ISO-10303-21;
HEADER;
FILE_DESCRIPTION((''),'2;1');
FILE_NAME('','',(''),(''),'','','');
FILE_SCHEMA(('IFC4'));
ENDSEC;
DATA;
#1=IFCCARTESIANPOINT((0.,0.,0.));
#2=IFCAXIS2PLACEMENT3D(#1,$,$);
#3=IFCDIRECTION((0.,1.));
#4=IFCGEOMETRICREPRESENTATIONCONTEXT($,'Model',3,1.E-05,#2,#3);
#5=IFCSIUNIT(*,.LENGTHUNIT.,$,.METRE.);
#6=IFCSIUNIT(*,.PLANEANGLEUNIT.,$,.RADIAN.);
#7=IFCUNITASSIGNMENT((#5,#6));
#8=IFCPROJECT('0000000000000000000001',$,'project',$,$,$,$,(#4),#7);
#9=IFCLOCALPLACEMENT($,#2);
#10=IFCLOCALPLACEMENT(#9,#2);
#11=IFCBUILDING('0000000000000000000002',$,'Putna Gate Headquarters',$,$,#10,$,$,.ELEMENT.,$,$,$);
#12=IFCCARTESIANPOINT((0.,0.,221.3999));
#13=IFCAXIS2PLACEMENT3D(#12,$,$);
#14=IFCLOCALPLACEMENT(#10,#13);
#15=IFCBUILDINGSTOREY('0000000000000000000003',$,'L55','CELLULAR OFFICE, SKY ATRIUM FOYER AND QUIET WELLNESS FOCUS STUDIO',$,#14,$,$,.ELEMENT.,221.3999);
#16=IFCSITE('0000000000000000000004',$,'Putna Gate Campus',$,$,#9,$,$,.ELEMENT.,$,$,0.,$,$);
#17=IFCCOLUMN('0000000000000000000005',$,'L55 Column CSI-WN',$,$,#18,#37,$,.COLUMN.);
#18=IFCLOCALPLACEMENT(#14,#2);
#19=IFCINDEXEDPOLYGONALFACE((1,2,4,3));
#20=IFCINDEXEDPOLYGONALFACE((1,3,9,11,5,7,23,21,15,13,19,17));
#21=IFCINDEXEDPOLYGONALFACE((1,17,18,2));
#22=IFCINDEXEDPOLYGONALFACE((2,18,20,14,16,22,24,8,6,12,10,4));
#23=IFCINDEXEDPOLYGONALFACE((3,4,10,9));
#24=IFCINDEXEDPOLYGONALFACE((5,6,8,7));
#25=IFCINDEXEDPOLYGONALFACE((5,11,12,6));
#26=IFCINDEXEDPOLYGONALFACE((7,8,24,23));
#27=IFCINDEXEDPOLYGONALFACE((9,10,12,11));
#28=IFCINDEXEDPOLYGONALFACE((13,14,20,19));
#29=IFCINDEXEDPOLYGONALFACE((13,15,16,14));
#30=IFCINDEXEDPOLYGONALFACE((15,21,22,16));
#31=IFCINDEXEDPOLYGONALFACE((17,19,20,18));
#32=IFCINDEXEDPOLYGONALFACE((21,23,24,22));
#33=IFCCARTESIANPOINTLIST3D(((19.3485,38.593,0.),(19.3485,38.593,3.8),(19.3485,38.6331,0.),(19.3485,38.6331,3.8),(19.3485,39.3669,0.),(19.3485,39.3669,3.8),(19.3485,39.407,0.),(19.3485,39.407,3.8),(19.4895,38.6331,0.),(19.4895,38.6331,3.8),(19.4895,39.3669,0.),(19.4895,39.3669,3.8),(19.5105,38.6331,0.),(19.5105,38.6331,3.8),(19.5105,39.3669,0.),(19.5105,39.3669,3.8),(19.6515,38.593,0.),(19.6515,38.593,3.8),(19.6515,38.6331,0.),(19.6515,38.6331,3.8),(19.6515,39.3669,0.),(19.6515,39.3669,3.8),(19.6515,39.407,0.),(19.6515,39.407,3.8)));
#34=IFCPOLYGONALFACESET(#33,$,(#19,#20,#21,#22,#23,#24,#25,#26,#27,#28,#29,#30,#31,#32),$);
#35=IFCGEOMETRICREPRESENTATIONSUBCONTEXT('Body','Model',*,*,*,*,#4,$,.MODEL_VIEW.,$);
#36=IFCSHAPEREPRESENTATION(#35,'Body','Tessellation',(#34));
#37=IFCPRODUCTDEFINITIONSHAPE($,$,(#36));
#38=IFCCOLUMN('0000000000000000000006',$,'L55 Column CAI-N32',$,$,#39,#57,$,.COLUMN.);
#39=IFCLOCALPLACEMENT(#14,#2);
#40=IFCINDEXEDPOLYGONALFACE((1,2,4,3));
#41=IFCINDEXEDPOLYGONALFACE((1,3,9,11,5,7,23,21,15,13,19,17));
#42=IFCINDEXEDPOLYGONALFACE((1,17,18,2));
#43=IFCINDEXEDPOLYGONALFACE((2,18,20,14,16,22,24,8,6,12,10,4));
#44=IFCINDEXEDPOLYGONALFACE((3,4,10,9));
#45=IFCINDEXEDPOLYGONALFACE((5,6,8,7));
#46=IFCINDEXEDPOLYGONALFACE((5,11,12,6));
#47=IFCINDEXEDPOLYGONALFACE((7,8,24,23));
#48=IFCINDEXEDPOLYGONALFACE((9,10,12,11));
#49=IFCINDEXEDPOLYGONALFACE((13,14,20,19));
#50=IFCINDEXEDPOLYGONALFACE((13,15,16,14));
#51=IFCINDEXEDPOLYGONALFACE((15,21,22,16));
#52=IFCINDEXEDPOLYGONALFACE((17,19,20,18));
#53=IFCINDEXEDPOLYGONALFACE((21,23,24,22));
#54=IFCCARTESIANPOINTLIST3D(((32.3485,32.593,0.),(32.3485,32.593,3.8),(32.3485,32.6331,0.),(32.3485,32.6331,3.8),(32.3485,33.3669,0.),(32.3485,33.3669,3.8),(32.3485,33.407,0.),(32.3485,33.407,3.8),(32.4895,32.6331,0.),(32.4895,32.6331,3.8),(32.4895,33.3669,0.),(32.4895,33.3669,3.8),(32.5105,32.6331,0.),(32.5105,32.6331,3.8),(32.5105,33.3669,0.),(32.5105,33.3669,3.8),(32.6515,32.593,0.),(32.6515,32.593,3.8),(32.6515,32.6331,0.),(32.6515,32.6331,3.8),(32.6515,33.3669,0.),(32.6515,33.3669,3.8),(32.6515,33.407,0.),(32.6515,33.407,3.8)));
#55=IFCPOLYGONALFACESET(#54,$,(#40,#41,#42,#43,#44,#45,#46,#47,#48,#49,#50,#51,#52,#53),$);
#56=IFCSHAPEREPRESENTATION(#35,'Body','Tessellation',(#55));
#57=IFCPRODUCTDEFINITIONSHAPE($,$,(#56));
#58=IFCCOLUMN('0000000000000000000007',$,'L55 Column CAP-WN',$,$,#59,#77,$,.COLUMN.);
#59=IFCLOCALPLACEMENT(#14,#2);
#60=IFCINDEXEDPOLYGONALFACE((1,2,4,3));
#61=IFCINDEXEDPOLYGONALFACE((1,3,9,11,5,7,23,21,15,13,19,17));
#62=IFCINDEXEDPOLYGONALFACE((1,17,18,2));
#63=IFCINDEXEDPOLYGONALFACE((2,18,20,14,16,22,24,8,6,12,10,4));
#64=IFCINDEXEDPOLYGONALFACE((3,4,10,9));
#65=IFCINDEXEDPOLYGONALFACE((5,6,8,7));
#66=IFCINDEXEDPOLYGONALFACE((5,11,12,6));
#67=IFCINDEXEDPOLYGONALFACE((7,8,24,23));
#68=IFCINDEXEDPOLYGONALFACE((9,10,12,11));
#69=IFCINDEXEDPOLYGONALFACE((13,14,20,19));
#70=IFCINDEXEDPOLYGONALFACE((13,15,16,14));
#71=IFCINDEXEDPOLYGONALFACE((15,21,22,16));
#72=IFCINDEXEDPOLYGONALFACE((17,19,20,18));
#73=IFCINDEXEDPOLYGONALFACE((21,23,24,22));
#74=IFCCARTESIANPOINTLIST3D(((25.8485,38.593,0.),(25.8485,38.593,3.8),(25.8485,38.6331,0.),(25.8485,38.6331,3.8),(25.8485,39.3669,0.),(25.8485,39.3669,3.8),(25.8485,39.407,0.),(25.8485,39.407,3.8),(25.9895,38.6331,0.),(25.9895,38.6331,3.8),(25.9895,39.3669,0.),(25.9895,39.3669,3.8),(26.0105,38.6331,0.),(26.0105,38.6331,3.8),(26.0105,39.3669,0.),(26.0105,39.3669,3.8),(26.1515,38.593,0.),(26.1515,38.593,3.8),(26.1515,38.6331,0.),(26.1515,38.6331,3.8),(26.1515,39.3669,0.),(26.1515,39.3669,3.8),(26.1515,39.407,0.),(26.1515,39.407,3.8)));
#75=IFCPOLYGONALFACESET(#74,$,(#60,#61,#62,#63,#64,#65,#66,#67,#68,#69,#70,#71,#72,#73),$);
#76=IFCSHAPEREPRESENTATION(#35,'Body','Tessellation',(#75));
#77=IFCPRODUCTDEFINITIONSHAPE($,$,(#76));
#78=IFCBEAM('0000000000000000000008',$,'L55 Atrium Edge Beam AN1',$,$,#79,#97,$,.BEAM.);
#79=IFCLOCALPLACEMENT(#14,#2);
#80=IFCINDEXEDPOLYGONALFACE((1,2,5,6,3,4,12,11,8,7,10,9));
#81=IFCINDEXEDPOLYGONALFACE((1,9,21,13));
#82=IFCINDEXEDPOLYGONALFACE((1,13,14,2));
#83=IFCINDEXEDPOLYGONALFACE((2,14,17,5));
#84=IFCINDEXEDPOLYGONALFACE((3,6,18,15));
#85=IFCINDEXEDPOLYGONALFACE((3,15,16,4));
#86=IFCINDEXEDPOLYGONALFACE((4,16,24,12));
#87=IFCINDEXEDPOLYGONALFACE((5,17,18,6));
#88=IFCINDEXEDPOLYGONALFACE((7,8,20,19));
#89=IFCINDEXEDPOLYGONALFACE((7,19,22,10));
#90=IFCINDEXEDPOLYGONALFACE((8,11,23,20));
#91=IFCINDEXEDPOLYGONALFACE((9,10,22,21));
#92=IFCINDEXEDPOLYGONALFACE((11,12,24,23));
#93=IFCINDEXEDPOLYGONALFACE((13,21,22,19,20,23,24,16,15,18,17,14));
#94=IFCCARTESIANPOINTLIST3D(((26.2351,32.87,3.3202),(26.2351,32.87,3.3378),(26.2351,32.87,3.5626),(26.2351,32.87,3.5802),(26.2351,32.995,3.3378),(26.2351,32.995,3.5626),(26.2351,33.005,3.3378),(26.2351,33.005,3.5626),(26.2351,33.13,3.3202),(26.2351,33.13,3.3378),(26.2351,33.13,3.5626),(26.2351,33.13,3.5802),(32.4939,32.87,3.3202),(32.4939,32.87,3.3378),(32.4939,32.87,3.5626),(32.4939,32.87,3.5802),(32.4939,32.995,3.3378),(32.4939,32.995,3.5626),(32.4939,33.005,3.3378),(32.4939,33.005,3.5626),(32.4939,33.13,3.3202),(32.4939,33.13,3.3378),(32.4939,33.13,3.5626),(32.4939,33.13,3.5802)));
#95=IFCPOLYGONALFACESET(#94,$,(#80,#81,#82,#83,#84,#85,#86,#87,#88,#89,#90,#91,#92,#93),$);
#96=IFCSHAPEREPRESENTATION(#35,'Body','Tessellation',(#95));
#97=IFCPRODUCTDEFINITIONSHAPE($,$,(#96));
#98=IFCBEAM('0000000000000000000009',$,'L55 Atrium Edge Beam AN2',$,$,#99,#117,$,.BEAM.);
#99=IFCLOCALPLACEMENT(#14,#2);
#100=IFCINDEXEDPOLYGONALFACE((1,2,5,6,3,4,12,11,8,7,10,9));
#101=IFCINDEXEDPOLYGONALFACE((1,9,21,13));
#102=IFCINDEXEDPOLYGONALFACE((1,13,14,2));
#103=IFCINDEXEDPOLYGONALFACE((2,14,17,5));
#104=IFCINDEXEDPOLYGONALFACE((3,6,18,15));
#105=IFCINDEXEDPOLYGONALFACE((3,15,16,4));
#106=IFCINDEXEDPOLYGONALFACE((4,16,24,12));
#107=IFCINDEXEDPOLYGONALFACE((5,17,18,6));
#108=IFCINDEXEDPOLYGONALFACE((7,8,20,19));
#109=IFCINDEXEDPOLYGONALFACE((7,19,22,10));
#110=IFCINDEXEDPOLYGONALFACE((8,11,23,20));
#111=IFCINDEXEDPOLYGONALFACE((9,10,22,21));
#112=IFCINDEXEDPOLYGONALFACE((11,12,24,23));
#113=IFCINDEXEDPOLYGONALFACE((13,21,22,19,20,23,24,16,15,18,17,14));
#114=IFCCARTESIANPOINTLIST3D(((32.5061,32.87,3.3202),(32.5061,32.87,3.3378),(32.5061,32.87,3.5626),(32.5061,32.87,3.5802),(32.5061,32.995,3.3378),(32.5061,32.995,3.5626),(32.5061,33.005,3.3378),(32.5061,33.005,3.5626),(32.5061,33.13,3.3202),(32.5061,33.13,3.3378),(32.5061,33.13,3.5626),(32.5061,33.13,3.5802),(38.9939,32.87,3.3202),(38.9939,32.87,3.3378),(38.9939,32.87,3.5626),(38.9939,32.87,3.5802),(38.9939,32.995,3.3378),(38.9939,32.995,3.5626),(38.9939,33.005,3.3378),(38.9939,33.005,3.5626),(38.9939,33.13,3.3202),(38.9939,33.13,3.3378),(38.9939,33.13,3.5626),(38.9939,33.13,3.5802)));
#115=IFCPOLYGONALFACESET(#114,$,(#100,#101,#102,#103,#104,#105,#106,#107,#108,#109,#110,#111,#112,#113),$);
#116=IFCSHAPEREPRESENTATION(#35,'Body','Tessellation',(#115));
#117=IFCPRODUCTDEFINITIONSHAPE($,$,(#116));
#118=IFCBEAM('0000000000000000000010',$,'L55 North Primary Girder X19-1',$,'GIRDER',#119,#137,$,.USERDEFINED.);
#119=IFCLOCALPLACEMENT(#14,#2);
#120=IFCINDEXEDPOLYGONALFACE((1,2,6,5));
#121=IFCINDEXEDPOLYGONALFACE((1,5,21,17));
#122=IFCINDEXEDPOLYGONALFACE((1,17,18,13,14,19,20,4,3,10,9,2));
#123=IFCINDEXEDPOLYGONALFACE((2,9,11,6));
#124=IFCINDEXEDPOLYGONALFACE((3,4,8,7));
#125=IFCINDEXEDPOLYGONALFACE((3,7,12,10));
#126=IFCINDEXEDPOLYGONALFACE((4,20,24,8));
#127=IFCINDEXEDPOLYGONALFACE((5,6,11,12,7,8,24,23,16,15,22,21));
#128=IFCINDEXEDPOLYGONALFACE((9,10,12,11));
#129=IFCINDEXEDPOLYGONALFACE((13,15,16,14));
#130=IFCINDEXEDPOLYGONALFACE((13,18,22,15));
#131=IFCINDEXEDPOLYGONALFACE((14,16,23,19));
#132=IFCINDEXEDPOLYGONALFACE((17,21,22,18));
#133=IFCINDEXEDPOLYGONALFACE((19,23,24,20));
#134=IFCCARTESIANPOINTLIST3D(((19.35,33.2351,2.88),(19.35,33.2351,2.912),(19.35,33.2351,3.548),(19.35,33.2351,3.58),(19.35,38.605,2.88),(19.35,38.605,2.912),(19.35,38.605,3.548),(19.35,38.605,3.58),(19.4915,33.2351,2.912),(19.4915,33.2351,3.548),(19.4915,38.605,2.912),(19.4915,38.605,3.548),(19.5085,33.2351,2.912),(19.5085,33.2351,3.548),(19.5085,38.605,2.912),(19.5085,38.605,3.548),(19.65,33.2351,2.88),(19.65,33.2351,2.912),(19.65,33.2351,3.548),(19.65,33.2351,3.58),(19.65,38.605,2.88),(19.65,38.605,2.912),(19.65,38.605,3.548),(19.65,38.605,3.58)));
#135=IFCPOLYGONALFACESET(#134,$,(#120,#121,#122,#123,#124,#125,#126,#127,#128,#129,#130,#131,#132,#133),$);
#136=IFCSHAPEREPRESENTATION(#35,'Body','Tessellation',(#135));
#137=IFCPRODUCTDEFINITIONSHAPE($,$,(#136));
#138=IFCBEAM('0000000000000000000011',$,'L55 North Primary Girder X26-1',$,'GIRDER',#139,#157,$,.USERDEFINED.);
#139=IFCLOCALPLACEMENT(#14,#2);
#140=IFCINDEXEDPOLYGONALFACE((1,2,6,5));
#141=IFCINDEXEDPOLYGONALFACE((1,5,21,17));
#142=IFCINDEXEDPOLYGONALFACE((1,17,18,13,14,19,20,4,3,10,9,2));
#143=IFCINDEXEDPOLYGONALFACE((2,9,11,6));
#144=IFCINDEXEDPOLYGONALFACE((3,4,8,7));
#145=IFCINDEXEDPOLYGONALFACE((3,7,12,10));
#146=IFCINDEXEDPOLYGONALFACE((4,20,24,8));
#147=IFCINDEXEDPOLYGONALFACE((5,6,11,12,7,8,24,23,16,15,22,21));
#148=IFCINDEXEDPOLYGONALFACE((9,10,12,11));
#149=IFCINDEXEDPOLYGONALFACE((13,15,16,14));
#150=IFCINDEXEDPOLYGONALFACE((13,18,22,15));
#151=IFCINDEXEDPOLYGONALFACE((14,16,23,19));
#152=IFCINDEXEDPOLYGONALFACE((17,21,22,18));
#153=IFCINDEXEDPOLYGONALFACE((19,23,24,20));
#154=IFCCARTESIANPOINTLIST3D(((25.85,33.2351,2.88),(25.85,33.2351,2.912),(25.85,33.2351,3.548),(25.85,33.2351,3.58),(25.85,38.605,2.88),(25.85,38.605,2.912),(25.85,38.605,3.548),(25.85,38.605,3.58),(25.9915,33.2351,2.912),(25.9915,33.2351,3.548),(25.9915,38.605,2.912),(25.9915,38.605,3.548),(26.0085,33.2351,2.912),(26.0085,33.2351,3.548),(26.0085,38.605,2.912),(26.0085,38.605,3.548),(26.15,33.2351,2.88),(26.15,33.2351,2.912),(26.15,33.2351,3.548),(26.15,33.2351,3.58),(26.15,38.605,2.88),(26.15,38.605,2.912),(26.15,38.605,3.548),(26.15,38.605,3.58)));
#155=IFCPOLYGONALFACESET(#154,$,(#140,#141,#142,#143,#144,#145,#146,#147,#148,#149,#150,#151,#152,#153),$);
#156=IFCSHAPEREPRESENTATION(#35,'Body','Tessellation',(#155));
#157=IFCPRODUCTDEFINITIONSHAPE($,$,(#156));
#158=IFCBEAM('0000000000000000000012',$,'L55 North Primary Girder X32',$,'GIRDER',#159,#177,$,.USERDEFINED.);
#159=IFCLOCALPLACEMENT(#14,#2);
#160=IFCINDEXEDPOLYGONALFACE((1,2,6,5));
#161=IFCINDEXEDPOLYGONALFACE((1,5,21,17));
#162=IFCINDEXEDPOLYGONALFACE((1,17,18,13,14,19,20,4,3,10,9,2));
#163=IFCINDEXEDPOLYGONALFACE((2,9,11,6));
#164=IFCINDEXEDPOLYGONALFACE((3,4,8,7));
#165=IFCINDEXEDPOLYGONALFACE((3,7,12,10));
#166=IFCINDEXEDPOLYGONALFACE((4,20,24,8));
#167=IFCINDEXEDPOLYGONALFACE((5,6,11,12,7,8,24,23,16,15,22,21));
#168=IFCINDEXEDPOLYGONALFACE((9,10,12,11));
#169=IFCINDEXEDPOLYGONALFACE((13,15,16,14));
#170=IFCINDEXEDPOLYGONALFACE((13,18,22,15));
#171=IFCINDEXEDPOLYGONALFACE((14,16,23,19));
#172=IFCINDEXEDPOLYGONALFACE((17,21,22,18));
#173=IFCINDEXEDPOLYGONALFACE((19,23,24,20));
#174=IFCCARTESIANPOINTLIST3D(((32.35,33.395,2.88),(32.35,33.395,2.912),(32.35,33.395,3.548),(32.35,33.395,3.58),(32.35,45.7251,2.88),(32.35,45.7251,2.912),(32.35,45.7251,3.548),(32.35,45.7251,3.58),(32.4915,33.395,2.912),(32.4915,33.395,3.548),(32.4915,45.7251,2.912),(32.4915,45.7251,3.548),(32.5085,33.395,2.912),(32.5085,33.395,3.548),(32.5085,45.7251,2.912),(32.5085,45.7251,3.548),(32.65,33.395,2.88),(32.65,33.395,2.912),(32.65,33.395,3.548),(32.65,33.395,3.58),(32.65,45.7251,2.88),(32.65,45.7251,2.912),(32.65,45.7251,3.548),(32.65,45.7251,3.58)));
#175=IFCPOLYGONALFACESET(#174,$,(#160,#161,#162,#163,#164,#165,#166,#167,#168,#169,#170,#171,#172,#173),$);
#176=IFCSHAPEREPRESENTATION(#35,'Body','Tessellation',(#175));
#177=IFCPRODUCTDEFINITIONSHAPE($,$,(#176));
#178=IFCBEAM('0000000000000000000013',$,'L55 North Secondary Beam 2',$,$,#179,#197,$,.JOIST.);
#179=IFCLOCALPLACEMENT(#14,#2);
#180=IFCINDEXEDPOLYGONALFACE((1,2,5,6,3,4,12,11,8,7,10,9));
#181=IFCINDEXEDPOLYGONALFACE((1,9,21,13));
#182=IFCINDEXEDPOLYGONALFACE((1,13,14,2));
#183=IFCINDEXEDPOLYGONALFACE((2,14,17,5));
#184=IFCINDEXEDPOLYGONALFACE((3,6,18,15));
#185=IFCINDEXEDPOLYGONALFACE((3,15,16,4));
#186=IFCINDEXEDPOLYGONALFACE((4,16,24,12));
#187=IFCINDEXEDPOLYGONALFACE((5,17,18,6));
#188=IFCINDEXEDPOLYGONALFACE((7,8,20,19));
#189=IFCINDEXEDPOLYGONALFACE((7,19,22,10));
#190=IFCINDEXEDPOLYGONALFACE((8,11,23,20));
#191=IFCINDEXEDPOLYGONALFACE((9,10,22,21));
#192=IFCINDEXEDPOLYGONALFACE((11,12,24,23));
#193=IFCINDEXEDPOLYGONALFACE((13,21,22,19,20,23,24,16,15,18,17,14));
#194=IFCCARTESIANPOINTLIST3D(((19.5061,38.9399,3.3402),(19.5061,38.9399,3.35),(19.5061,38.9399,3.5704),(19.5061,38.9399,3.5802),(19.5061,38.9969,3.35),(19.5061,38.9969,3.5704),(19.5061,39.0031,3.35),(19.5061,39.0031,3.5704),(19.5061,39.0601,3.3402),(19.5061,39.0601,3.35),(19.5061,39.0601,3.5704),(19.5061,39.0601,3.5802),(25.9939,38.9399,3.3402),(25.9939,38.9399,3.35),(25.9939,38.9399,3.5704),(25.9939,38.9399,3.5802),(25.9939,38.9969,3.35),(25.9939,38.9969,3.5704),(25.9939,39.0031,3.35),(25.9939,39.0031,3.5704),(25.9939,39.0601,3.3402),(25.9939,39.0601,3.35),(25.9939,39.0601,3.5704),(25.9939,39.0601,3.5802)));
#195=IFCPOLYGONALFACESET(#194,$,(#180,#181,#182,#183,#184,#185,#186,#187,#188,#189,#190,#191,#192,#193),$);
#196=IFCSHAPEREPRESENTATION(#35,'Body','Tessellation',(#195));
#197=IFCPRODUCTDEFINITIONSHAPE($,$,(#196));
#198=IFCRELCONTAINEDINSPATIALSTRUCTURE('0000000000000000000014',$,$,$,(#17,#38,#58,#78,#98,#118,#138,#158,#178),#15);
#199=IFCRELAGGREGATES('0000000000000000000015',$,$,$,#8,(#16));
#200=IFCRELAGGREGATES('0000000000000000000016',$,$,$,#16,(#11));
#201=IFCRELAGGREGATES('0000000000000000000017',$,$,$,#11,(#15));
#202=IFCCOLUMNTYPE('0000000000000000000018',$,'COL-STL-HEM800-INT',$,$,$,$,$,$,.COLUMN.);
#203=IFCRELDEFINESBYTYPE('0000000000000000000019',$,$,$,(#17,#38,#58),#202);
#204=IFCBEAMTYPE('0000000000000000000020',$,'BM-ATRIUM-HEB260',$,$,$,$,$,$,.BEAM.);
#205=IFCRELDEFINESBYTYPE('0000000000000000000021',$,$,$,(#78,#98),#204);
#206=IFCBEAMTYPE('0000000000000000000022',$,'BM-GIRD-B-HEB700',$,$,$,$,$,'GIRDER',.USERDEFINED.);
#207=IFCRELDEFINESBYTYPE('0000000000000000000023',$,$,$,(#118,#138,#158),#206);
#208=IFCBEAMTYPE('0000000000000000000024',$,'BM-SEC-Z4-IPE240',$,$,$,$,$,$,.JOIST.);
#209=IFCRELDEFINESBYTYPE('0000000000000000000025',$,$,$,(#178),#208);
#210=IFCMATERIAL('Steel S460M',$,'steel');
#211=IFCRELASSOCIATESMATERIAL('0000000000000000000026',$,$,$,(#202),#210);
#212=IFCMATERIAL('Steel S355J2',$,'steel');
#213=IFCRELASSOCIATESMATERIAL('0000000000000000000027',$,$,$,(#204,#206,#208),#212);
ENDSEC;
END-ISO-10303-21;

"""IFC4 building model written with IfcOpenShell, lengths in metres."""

from ifc_helpers import new_model, si_unit, direction, frame, origin, origin_2d, place, context, subcontext, project, spatial, i_section, extrude, material, material_profile, profile_set, type_object, element, save


model = new_model("IFC4")

# Units and contexts
model_context = context("Model", 3, precision=1e-05, world=origin(), true_north=direction((0.0, 1.0)))
body_context = subcontext(model_context, "Body", "Model", "MODEL_VIEW")
ifc_project = project(units=[si_unit("LENGTHUNIT", "METRE"), si_unit("PLANEANGLEUNIT", "RADIAN")], contexts=[model_context])

# Site, building, storey
site_placement = place(None, origin())
site = spatial("IfcSite", under=ifc_project, at=site_placement, Name="Putna Gate Campus", CompositionType="ELEMENT", RefElevation=0.0)
building_placement = place(site_placement, origin())
building = spatial("IfcBuilding", under=site, at=building_placement, Name="Putna Gate Headquarters", CompositionType="ELEMENT")
storey_placement = place(building_placement, frame((0.0, 0.0, 221.3999)))
storey = spatial("IfcBuildingStorey", under=building, at=storey_placement, Name="L55", Description="CELLULAR OFFICE, SKY ATRIUM FOYER AND QUIET WELLNESS FOCUS STUDIO", CompositionType="ELEMENT", Elevation=221.3999)

# Columns
ifc_material_1 = material(Name="Steel S460M", Category="steel")
ifc_material_profile_1 = material_profile(ifc_material_1, i_section(OverallWidth=0.303, OverallDepth=0.814, WebThickness=0.021, FlangeThickness=0.04, at=origin_2d()), Name="Steel S460M")
ifc_profile_set_1 = profile_set([ifc_material_profile_1], Name="Steel S460M")
column_type = type_object("IfcColumnType", Name="COL-STL-HEM800-INT", PredefinedType="COLUMN", material=ifc_profile_set_1)
for number, where, z_axis, x_axis, name in (
    (1, (19.5, 39.0, 0.0), (0.0, 0.0, 1.0), (1.0, 0.0, 0.0), "L55 Column CSI-WN"),
    (2, (32.5, 33.0, 0.0), (0.0, 0.0, 1.0), (1.0, 0.0, 0.0), "L55 Column CAI-N32"),
    (3, (26.0, 39.0, 0.0), (0.0, 0.0, 1.0), (1.0, 0.0, 0.0), "L55 Column CAP-WN"),
):
    element("IfcColumn", number, at=place(storey_placement, frame(where, z_axis=z_axis, x_axis=x_axis)), inside=storey, type_object=column_type, Name=name, PredefinedType="COLUMN", context=body_context, shape_type="SweptSolid", body=[
        extrude(i_section(OverallWidth=0.303, OverallDepth=0.814, WebThickness=0.021, FlangeThickness=0.04, at=origin_2d()), origin(), (0.0, 0.0, 1.0), 3.8),
    ])

# Beams
ifc_material_2 = material(Name="Steel S355J2", Category="steel")
ifc_material_profile_2 = material_profile(ifc_material_2, i_section(OverallWidth=0.26, OverallDepth=0.26, WebThickness=0.01, FlangeThickness=0.0176, at=origin_2d()), Name="Steel S355J2")
ifc_profile_set_2 = profile_set([ifc_material_profile_2], Name="Steel S355J2")
beam_type_1 = type_object("IfcBeamType", Name="BM-ATRIUM-HEB260", PredefinedType="BEAM", material=ifc_profile_set_2)
beam_1_placement = place(storey_placement, frame((26.2351, 33.0, 3.4502), z_axis=(1.0, 0.0, 0.0), x_axis=(0.0, 1.0, 0.0)))
element("IfcBeam", 4, at=beam_1_placement, inside=storey, type_object=beam_type_1, Name="L55 Atrium Edge Beam AN1", PredefinedType="BEAM", context=body_context, shape_type="SweptSolid", body=[
    extrude(i_section(OverallWidth=0.26, OverallDepth=0.26, WebThickness=0.01, FlangeThickness=0.0176, at=origin_2d()), origin(), (0.0, 0.0, 1.0), 6.2588),
])
beam_2_placement = place(storey_placement, frame((32.5061, 33.0, 3.4502), z_axis=(1.0, 0.0, 0.0), x_axis=(0.0, 1.0, 0.0)))
element("IfcBeam", 5, at=beam_2_placement, inside=storey, type_object=beam_type_1, Name="L55 Atrium Edge Beam AN2", PredefinedType="BEAM", context=body_context, shape_type="SweptSolid", body=[
    extrude(i_section(OverallWidth=0.26, OverallDepth=0.26, WebThickness=0.01, FlangeThickness=0.0176, at=origin_2d()), origin(), (0.0, 0.0, 1.0), 6.4878),
])
ifc_material_profile_3 = material_profile(ifc_material_2, i_section(OverallWidth=0.3, OverallDepth=0.7, WebThickness=0.0171, FlangeThickness=0.032, at=origin_2d()), Name="Steel S355J2")
ifc_profile_set_3 = profile_set([ifc_material_profile_3], Name="Steel S355J2")
beam_type_2 = type_object("IfcBeamType", Name="BM-GIRD-B-HEB700", ElementType="GIRDER", PredefinedType="USERDEFINED", material=ifc_profile_set_3)
for number, where, z_axis, x_axis, name in (
    (6, (19.5, 33.2351, 3.23), (0.0, 1.0, 0.0), (-1.0, 0.0, 0.0), "L55 North Primary Girder X19-1"),
    (7, (26.0, 33.2351, 3.23), (0.0, 1.0, 0.0), (-1.0, 0.0, 0.0), "L55 North Primary Girder X26-1"),
):
    element("IfcBeam", number, at=place(storey_placement, frame(where, z_axis=z_axis, x_axis=x_axis)), inside=storey, type_object=beam_type_2, Name=name, ObjectType="GIRDER", PredefinedType="USERDEFINED", context=body_context, shape_type="SweptSolid", body=[
        extrude(i_section(OverallWidth=0.3, OverallDepth=0.7, WebThickness=0.0171, FlangeThickness=0.032, at=origin_2d()), origin(), (0.0, 0.0, 1.0), 5.3699),
    ])
beam_3_placement = place(storey_placement, frame((32.5, 33.395, 3.23), z_axis=(0.0, 1.0, 0.0), x_axis=(-1.0, 0.0, 0.0)))
element("IfcBeam", 8, at=beam_3_placement, inside=storey, type_object=beam_type_2, Name="L55 North Primary Girder X32", ObjectType="GIRDER", PredefinedType="USERDEFINED", context=body_context, shape_type="SweptSolid", body=[
    extrude(i_section(OverallWidth=0.3, OverallDepth=0.7, WebThickness=0.0171, FlangeThickness=0.032, at=origin_2d()), origin(), (0.0, 0.0, 1.0), 12.3301),
])
ifc_material_profile_4 = material_profile(ifc_material_2, i_section(OverallWidth=0.1201, OverallDepth=0.24, WebThickness=0.0061, FlangeThickness=0.0098, at=origin_2d()), Name="Steel S355J2")
ifc_profile_set_4 = profile_set([ifc_material_profile_4], Name="Steel S355J2")
beam_type_3 = type_object("IfcBeamType", Name="BM-SEC-Z4-IPE240", PredefinedType="JOIST", material=ifc_profile_set_4)
beam_4_placement = place(storey_placement, frame((19.5061, 39.0, 3.4602), z_axis=(1.0, 0.0, 0.0), x_axis=(0.0, 1.0, 0.0)))
element("IfcBeam", 9, at=beam_4_placement, inside=storey, type_object=beam_type_3, Name="L55 North Secondary Beam 2", PredefinedType="JOIST", context=body_context, shape_type="SweptSolid", body=[
    extrude(i_section(OverallWidth=0.1201, OverallDepth=0.24, WebThickness=0.0061, FlangeThickness=0.0098, at=origin_2d()), origin(), (0.0, 0.0, 1.0), 6.4878),
])

save(model, "model.ifc")
